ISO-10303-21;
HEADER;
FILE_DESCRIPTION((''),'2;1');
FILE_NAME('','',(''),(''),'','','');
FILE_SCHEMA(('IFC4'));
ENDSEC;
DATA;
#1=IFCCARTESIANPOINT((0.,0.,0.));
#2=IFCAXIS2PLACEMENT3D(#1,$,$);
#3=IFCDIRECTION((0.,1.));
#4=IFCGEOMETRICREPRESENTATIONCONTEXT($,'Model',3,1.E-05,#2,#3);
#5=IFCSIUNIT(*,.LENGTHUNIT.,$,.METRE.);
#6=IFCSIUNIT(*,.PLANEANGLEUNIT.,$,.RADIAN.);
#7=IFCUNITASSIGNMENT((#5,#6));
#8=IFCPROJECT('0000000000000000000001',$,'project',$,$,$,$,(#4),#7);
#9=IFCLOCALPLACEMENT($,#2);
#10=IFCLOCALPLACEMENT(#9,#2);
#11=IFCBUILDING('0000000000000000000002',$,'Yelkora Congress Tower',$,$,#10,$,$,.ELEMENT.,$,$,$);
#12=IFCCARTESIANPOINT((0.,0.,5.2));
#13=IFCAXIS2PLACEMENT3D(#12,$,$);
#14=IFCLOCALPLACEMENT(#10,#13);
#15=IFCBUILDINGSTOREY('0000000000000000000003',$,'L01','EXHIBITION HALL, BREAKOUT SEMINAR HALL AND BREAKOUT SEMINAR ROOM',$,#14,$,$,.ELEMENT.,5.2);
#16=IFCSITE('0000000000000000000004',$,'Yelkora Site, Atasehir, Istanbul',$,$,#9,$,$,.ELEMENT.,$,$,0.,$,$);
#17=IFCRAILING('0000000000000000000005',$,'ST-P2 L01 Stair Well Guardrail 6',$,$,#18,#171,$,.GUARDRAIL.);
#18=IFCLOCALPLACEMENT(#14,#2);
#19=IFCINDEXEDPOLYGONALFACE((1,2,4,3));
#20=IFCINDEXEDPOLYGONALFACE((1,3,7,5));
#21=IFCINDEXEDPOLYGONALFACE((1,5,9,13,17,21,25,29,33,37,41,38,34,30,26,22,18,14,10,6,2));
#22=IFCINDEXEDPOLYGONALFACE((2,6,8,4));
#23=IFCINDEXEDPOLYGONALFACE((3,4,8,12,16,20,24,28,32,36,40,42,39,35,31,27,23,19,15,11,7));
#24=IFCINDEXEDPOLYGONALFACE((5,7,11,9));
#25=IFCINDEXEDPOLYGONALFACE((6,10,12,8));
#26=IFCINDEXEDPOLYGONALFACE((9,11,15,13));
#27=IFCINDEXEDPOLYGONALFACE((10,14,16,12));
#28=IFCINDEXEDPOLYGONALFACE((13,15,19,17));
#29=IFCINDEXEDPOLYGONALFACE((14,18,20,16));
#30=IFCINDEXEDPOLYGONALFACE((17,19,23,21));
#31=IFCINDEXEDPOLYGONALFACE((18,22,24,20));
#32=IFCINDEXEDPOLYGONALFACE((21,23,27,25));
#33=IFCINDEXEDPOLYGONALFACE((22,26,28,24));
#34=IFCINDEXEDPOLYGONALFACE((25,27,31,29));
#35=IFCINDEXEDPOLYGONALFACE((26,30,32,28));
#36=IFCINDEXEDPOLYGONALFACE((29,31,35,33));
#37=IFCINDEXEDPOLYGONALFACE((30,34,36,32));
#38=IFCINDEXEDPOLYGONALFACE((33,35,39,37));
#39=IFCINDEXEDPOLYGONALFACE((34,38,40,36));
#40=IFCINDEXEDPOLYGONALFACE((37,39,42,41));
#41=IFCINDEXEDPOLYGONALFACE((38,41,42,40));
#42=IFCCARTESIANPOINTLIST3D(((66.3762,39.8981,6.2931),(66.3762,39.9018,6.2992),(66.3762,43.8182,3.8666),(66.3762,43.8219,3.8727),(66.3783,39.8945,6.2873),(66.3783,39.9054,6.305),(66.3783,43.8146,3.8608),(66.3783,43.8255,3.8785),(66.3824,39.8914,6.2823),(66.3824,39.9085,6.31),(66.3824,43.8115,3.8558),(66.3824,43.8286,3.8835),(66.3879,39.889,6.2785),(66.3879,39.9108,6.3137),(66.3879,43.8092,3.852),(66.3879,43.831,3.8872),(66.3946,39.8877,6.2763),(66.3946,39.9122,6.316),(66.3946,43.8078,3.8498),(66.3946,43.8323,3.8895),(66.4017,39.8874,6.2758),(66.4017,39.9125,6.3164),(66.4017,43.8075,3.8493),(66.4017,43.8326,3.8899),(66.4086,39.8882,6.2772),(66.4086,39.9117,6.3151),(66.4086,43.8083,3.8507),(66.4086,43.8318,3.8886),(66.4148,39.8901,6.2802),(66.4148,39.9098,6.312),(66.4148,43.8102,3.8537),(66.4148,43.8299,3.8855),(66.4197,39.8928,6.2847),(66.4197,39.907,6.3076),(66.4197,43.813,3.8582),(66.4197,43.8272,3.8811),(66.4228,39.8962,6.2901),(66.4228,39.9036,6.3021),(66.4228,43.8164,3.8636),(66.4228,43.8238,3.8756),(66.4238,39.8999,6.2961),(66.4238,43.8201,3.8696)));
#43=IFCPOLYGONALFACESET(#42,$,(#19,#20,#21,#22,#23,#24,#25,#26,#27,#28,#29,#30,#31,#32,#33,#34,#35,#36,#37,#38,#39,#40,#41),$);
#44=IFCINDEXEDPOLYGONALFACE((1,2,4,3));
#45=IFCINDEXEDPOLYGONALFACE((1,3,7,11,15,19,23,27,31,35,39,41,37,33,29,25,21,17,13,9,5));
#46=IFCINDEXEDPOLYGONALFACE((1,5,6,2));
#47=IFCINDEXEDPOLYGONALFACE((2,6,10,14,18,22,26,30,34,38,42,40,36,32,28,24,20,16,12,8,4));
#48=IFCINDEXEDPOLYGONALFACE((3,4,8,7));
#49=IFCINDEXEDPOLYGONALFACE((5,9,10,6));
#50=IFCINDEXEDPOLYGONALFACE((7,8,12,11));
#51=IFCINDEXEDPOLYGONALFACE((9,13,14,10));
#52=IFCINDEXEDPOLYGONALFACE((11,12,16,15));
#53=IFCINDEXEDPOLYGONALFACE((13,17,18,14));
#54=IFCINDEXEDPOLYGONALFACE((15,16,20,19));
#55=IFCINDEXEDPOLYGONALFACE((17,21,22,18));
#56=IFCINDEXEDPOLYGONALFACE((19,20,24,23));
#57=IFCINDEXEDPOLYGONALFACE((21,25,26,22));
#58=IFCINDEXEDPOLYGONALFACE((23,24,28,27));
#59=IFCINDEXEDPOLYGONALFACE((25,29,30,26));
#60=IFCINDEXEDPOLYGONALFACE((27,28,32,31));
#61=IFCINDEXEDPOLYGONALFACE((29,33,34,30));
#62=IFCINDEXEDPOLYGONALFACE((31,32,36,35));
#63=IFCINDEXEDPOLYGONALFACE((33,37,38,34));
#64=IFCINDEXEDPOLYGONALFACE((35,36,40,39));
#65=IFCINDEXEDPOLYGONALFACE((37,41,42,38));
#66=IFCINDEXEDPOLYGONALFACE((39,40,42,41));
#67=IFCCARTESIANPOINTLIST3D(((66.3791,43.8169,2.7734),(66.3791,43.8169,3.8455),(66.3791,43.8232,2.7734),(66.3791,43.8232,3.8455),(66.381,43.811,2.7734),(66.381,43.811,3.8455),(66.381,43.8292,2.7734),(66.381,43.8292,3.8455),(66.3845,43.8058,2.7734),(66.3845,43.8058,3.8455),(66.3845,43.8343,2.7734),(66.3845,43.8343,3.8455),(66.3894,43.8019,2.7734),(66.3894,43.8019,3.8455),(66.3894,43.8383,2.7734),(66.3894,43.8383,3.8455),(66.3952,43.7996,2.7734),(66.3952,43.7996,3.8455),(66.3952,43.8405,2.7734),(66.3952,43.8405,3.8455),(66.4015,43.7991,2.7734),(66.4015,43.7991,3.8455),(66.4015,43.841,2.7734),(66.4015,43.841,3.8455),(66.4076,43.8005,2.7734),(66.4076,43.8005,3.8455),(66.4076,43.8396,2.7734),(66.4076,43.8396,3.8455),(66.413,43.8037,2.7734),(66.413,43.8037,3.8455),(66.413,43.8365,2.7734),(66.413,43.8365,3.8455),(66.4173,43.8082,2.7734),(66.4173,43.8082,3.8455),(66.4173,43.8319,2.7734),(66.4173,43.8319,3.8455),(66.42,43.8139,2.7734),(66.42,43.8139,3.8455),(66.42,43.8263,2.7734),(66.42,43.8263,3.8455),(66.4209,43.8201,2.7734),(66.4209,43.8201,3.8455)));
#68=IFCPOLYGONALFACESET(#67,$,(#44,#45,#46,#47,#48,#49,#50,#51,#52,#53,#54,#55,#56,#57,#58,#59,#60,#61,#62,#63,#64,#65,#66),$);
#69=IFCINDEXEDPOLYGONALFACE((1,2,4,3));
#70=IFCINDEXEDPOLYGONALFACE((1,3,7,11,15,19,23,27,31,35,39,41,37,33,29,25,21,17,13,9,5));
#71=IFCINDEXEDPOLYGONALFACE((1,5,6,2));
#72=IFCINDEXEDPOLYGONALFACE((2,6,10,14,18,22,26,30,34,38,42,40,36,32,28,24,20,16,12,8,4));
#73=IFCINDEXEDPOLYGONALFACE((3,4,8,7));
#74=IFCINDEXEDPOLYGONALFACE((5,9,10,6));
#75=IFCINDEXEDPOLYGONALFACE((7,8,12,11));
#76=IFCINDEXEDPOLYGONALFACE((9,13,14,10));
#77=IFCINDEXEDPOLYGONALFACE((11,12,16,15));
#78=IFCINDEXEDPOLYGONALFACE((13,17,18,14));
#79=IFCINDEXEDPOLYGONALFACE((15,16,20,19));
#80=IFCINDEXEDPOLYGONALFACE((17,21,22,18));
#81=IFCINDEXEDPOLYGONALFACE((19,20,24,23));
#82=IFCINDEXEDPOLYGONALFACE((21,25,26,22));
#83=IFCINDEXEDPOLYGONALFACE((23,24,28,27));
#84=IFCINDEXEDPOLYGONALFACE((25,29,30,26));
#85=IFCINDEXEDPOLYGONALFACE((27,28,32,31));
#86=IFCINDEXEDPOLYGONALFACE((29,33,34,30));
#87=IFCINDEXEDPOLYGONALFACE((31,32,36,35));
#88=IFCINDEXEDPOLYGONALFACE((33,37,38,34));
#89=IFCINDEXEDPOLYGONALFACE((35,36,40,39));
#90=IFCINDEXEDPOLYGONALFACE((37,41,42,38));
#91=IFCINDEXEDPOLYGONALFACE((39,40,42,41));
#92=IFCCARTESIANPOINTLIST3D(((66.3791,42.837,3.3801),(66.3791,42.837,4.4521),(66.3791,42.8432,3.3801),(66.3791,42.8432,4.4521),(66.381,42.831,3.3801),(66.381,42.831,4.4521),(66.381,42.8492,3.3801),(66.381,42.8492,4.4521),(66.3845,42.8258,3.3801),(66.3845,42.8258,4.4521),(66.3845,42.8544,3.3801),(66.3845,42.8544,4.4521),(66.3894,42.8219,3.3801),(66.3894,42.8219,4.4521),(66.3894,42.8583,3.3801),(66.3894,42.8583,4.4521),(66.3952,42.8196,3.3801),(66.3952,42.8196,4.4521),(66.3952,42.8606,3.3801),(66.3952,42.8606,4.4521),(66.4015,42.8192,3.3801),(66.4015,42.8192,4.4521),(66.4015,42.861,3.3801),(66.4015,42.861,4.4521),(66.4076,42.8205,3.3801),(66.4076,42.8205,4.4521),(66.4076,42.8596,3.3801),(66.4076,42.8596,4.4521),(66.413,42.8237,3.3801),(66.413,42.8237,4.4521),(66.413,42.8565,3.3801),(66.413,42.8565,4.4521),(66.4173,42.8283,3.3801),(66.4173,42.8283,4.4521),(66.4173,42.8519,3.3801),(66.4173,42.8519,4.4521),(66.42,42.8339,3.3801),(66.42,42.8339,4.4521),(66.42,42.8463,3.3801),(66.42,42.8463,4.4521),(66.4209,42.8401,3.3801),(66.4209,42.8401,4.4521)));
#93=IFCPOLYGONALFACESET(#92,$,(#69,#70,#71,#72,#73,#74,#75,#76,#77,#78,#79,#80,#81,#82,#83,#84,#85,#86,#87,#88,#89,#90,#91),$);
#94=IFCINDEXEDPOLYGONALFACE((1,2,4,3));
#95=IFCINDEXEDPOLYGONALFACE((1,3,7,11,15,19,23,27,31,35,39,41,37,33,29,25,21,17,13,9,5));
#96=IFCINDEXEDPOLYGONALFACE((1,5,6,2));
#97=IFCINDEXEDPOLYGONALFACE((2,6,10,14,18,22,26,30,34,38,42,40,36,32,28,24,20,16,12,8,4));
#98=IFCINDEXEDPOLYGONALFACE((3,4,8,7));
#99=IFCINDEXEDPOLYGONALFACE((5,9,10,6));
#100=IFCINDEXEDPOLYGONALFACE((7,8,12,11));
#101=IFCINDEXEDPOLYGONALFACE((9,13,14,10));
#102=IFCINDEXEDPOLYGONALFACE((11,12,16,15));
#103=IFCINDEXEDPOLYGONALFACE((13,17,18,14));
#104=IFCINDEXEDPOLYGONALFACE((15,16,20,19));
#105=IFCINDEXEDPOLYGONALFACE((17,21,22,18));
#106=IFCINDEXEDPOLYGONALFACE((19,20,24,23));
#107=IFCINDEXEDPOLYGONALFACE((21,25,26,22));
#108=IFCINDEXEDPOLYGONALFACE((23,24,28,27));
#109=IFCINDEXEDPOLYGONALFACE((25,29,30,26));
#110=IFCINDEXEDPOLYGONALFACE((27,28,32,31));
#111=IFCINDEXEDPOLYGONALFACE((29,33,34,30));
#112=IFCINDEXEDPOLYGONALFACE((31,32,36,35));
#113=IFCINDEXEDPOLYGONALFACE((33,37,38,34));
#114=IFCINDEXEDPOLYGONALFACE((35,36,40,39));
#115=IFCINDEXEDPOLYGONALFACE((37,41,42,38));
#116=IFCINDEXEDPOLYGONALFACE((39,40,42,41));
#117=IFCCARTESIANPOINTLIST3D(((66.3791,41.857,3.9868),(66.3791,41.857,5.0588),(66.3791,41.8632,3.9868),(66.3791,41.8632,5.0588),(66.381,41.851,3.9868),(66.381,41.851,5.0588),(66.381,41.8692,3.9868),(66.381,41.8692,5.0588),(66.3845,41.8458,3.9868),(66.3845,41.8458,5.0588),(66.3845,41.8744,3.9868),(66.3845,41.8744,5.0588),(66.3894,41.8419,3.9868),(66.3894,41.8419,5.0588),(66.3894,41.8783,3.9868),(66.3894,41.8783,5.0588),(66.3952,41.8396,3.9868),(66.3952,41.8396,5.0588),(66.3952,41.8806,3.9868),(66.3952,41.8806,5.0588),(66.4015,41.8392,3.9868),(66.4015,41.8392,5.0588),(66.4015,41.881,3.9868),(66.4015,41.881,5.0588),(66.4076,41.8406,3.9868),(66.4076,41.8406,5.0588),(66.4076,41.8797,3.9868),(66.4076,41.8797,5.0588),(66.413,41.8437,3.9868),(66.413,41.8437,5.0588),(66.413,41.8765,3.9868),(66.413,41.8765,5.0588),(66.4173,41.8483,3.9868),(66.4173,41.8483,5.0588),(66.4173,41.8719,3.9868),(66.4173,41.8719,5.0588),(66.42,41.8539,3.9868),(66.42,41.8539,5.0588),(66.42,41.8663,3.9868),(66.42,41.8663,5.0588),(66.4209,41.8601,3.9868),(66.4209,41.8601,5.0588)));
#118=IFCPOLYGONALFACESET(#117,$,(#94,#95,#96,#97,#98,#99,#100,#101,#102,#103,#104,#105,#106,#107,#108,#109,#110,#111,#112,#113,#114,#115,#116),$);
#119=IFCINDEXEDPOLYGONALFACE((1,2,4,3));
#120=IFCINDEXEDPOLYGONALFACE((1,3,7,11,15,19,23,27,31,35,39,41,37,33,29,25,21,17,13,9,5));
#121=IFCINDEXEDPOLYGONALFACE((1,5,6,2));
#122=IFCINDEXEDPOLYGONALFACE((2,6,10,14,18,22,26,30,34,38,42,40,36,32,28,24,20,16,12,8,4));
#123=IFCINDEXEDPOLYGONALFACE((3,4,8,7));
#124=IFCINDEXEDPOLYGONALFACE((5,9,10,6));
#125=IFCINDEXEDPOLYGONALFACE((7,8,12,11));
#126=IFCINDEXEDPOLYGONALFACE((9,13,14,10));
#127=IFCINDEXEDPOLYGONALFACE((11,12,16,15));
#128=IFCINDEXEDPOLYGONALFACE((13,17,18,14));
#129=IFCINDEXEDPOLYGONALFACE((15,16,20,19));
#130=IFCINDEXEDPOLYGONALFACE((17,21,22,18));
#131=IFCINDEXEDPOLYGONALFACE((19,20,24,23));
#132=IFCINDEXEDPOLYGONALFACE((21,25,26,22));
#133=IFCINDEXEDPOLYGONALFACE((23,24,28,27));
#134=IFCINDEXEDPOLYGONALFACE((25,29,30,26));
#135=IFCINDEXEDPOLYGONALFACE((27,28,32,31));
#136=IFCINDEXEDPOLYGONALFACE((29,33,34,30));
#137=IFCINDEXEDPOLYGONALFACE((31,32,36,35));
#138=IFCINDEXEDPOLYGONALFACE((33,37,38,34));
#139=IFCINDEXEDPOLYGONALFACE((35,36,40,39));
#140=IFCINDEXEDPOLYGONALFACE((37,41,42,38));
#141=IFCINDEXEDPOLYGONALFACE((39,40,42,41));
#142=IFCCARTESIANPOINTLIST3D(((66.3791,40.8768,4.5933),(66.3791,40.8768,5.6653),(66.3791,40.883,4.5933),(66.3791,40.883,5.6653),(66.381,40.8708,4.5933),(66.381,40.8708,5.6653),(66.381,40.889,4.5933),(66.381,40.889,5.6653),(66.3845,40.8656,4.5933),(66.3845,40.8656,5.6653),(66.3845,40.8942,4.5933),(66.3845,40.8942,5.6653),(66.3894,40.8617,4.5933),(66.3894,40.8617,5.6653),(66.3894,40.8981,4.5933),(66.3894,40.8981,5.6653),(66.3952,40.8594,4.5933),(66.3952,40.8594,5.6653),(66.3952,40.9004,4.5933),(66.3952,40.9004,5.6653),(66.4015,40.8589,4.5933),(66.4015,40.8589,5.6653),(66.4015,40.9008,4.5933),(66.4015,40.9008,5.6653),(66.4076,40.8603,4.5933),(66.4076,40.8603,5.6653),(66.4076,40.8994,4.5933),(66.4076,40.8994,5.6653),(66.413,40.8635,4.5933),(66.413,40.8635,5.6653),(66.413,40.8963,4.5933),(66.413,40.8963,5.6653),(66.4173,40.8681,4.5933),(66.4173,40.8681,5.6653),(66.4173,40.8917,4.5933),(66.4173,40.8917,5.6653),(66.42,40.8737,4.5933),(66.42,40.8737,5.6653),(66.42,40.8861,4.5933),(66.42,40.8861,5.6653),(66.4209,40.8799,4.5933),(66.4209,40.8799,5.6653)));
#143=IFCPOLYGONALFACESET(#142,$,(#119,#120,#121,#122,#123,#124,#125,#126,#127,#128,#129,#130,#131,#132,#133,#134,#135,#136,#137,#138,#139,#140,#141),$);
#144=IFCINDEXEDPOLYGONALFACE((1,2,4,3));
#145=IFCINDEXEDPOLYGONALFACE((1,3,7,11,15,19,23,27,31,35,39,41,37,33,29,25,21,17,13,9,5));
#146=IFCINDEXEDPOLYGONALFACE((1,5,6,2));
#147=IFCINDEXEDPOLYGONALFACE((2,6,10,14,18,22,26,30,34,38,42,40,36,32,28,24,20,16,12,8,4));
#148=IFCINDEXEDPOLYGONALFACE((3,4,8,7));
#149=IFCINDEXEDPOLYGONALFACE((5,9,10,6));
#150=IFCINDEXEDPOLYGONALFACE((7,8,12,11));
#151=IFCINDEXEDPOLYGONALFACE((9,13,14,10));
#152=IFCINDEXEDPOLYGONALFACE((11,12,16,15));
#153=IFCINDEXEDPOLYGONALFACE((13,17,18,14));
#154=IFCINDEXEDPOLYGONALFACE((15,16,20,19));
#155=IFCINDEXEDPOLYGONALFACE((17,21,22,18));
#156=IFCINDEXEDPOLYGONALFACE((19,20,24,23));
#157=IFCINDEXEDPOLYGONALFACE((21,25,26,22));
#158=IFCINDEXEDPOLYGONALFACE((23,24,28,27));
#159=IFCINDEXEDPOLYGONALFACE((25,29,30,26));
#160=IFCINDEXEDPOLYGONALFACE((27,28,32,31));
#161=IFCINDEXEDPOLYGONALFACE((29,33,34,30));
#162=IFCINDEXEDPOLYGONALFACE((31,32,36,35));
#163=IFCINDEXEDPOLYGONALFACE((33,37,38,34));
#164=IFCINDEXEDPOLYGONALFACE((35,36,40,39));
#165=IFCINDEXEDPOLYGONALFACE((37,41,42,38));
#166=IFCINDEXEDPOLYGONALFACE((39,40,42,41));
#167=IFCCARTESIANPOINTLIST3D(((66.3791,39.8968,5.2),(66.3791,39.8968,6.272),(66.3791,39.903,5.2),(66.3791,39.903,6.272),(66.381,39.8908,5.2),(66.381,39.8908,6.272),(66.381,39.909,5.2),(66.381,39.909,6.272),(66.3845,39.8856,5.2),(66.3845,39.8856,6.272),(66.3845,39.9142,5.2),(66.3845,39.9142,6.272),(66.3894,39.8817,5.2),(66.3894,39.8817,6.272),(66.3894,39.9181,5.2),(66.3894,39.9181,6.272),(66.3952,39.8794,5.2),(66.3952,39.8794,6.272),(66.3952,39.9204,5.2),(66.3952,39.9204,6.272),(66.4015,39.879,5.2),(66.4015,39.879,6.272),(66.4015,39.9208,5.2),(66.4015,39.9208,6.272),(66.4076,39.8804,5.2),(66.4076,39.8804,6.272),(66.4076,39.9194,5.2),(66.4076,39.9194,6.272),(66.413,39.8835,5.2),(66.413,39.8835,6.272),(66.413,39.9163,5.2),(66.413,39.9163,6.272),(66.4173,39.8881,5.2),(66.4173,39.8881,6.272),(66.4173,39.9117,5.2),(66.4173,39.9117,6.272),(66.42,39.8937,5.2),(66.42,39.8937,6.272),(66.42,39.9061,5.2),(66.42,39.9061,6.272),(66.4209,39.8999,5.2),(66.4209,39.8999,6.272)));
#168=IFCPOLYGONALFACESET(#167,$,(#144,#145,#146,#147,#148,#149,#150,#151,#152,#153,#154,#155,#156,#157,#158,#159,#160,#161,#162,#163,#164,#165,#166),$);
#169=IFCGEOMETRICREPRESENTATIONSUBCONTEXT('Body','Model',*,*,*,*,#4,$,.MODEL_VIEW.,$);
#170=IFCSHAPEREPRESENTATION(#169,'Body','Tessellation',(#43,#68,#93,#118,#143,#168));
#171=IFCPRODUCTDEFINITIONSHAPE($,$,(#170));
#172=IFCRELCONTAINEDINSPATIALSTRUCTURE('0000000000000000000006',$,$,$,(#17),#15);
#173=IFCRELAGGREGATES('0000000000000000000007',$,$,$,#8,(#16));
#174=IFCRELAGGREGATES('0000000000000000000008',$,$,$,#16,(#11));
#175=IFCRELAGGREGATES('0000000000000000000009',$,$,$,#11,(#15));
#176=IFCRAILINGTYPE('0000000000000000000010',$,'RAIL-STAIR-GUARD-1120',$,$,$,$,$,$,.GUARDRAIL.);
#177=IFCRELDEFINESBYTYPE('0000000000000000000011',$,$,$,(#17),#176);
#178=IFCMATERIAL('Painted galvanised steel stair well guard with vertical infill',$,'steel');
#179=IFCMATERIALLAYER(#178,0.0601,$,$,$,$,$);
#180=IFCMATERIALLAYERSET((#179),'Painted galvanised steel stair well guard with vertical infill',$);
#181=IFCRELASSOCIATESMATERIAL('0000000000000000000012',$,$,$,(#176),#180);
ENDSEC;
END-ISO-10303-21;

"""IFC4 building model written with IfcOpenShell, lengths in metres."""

from ifc_helpers import new_model, si_unit, direction, frame, origin, origin_2d, place, context, subcontext, project, spatial, circle, extrude, material, layer, layer_set, type_object, element, save


model = new_model("IFC4")

# Units and contexts
model_context = context("Model", 3, precision=1e-05, world=origin(), true_north=direction((0.0, 1.0)))
body_context = subcontext(model_context, "Body", "Model", "MODEL_VIEW")
ifc_project = project(units=[si_unit("LENGTHUNIT", "METRE"), si_unit("PLANEANGLEUNIT", "RADIAN")], contexts=[model_context])

# Site, building, storey
site_placement = place(None, origin())
site = spatial("IfcSite", under=ifc_project, at=site_placement, Name="Yelkora Site, Atasehir, Istanbul", CompositionType="ELEMENT", RefElevation=0.0)
building_placement = place(site_placement, origin())
building = spatial("IfcBuilding", under=site, at=building_placement, Name="Yelkora Congress Tower", CompositionType="ELEMENT")
storey_placement = place(building_placement, frame((0.0, 0.0, 5.2)))
storey = spatial("IfcBuildingStorey", under=building, at=storey_placement, Name="L01", Description="EXHIBITION HALL, BREAKOUT SEMINAR HALL AND BREAKOUT SEMINAR ROOM", CompositionType="ELEMENT", Elevation=5.2)

# Railing
ifc_material_1 = material(Name="Painted galvanised steel stair well guard with vertical infill", Category="steel")
ifc_layer_1 = layer(ifc_material_1, 0.0601)
ifc_layer_set_1 = layer_set([ifc_layer_1], Name="Painted galvanised steel stair well guard with vertical infill")
railing_type_1 = type_object("IfcRailingType", Name="RAIL-STAIR-GUARD-1120", PredefinedType="GUARDRAIL", material=ifc_layer_set_1)
railing_1_placement = place(storey_placement, frame((66.3999, 43.8201, 2.7734)))
element("IfcRailing", 1, at=railing_1_placement, inside=storey, type_object=railing_type_1, Name="ST-P2 L01 Stair Well Guardrail 6", PredefinedType="GUARDRAIL", context=body_context, shape_type="SweptSolid", body=[
    extrude(circle(Radius=0.0239, at=origin_2d()), frame((0.0, 0.0, 1.0962), z_axis=(0.0, -0.85029, 0.526315), x_axis=(1.0, 0.0, 0.0)), (0.0, 0.0, 1.0), 4.6104),
    extrude(circle(Radius=0.021, at=origin_2d()), origin(), (0.0, 0.0, 1.0), 1.072),
    extrude(circle(Radius=0.021, at=origin_2d()), frame((0.0, -0.98, 0.6067)), (0.0, 0.0, 1.0), 1.072),
    extrude(circle(Radius=0.021, at=origin_2d()), frame((0.0, -1.96, 1.2134)), (0.0, 0.0, 1.0), 1.072),
    extrude(circle(Radius=0.021, at=origin_2d()), frame((0.0, -2.9402, 1.8198)), (0.0, 0.0, 1.0), 1.072),
    extrude(circle(Radius=0.021, at=origin_2d()), frame((0.0, -3.9202, 2.4265)), (0.0, 0.0, 1.0), 1.072),
])

save(model, "model.ifc")
